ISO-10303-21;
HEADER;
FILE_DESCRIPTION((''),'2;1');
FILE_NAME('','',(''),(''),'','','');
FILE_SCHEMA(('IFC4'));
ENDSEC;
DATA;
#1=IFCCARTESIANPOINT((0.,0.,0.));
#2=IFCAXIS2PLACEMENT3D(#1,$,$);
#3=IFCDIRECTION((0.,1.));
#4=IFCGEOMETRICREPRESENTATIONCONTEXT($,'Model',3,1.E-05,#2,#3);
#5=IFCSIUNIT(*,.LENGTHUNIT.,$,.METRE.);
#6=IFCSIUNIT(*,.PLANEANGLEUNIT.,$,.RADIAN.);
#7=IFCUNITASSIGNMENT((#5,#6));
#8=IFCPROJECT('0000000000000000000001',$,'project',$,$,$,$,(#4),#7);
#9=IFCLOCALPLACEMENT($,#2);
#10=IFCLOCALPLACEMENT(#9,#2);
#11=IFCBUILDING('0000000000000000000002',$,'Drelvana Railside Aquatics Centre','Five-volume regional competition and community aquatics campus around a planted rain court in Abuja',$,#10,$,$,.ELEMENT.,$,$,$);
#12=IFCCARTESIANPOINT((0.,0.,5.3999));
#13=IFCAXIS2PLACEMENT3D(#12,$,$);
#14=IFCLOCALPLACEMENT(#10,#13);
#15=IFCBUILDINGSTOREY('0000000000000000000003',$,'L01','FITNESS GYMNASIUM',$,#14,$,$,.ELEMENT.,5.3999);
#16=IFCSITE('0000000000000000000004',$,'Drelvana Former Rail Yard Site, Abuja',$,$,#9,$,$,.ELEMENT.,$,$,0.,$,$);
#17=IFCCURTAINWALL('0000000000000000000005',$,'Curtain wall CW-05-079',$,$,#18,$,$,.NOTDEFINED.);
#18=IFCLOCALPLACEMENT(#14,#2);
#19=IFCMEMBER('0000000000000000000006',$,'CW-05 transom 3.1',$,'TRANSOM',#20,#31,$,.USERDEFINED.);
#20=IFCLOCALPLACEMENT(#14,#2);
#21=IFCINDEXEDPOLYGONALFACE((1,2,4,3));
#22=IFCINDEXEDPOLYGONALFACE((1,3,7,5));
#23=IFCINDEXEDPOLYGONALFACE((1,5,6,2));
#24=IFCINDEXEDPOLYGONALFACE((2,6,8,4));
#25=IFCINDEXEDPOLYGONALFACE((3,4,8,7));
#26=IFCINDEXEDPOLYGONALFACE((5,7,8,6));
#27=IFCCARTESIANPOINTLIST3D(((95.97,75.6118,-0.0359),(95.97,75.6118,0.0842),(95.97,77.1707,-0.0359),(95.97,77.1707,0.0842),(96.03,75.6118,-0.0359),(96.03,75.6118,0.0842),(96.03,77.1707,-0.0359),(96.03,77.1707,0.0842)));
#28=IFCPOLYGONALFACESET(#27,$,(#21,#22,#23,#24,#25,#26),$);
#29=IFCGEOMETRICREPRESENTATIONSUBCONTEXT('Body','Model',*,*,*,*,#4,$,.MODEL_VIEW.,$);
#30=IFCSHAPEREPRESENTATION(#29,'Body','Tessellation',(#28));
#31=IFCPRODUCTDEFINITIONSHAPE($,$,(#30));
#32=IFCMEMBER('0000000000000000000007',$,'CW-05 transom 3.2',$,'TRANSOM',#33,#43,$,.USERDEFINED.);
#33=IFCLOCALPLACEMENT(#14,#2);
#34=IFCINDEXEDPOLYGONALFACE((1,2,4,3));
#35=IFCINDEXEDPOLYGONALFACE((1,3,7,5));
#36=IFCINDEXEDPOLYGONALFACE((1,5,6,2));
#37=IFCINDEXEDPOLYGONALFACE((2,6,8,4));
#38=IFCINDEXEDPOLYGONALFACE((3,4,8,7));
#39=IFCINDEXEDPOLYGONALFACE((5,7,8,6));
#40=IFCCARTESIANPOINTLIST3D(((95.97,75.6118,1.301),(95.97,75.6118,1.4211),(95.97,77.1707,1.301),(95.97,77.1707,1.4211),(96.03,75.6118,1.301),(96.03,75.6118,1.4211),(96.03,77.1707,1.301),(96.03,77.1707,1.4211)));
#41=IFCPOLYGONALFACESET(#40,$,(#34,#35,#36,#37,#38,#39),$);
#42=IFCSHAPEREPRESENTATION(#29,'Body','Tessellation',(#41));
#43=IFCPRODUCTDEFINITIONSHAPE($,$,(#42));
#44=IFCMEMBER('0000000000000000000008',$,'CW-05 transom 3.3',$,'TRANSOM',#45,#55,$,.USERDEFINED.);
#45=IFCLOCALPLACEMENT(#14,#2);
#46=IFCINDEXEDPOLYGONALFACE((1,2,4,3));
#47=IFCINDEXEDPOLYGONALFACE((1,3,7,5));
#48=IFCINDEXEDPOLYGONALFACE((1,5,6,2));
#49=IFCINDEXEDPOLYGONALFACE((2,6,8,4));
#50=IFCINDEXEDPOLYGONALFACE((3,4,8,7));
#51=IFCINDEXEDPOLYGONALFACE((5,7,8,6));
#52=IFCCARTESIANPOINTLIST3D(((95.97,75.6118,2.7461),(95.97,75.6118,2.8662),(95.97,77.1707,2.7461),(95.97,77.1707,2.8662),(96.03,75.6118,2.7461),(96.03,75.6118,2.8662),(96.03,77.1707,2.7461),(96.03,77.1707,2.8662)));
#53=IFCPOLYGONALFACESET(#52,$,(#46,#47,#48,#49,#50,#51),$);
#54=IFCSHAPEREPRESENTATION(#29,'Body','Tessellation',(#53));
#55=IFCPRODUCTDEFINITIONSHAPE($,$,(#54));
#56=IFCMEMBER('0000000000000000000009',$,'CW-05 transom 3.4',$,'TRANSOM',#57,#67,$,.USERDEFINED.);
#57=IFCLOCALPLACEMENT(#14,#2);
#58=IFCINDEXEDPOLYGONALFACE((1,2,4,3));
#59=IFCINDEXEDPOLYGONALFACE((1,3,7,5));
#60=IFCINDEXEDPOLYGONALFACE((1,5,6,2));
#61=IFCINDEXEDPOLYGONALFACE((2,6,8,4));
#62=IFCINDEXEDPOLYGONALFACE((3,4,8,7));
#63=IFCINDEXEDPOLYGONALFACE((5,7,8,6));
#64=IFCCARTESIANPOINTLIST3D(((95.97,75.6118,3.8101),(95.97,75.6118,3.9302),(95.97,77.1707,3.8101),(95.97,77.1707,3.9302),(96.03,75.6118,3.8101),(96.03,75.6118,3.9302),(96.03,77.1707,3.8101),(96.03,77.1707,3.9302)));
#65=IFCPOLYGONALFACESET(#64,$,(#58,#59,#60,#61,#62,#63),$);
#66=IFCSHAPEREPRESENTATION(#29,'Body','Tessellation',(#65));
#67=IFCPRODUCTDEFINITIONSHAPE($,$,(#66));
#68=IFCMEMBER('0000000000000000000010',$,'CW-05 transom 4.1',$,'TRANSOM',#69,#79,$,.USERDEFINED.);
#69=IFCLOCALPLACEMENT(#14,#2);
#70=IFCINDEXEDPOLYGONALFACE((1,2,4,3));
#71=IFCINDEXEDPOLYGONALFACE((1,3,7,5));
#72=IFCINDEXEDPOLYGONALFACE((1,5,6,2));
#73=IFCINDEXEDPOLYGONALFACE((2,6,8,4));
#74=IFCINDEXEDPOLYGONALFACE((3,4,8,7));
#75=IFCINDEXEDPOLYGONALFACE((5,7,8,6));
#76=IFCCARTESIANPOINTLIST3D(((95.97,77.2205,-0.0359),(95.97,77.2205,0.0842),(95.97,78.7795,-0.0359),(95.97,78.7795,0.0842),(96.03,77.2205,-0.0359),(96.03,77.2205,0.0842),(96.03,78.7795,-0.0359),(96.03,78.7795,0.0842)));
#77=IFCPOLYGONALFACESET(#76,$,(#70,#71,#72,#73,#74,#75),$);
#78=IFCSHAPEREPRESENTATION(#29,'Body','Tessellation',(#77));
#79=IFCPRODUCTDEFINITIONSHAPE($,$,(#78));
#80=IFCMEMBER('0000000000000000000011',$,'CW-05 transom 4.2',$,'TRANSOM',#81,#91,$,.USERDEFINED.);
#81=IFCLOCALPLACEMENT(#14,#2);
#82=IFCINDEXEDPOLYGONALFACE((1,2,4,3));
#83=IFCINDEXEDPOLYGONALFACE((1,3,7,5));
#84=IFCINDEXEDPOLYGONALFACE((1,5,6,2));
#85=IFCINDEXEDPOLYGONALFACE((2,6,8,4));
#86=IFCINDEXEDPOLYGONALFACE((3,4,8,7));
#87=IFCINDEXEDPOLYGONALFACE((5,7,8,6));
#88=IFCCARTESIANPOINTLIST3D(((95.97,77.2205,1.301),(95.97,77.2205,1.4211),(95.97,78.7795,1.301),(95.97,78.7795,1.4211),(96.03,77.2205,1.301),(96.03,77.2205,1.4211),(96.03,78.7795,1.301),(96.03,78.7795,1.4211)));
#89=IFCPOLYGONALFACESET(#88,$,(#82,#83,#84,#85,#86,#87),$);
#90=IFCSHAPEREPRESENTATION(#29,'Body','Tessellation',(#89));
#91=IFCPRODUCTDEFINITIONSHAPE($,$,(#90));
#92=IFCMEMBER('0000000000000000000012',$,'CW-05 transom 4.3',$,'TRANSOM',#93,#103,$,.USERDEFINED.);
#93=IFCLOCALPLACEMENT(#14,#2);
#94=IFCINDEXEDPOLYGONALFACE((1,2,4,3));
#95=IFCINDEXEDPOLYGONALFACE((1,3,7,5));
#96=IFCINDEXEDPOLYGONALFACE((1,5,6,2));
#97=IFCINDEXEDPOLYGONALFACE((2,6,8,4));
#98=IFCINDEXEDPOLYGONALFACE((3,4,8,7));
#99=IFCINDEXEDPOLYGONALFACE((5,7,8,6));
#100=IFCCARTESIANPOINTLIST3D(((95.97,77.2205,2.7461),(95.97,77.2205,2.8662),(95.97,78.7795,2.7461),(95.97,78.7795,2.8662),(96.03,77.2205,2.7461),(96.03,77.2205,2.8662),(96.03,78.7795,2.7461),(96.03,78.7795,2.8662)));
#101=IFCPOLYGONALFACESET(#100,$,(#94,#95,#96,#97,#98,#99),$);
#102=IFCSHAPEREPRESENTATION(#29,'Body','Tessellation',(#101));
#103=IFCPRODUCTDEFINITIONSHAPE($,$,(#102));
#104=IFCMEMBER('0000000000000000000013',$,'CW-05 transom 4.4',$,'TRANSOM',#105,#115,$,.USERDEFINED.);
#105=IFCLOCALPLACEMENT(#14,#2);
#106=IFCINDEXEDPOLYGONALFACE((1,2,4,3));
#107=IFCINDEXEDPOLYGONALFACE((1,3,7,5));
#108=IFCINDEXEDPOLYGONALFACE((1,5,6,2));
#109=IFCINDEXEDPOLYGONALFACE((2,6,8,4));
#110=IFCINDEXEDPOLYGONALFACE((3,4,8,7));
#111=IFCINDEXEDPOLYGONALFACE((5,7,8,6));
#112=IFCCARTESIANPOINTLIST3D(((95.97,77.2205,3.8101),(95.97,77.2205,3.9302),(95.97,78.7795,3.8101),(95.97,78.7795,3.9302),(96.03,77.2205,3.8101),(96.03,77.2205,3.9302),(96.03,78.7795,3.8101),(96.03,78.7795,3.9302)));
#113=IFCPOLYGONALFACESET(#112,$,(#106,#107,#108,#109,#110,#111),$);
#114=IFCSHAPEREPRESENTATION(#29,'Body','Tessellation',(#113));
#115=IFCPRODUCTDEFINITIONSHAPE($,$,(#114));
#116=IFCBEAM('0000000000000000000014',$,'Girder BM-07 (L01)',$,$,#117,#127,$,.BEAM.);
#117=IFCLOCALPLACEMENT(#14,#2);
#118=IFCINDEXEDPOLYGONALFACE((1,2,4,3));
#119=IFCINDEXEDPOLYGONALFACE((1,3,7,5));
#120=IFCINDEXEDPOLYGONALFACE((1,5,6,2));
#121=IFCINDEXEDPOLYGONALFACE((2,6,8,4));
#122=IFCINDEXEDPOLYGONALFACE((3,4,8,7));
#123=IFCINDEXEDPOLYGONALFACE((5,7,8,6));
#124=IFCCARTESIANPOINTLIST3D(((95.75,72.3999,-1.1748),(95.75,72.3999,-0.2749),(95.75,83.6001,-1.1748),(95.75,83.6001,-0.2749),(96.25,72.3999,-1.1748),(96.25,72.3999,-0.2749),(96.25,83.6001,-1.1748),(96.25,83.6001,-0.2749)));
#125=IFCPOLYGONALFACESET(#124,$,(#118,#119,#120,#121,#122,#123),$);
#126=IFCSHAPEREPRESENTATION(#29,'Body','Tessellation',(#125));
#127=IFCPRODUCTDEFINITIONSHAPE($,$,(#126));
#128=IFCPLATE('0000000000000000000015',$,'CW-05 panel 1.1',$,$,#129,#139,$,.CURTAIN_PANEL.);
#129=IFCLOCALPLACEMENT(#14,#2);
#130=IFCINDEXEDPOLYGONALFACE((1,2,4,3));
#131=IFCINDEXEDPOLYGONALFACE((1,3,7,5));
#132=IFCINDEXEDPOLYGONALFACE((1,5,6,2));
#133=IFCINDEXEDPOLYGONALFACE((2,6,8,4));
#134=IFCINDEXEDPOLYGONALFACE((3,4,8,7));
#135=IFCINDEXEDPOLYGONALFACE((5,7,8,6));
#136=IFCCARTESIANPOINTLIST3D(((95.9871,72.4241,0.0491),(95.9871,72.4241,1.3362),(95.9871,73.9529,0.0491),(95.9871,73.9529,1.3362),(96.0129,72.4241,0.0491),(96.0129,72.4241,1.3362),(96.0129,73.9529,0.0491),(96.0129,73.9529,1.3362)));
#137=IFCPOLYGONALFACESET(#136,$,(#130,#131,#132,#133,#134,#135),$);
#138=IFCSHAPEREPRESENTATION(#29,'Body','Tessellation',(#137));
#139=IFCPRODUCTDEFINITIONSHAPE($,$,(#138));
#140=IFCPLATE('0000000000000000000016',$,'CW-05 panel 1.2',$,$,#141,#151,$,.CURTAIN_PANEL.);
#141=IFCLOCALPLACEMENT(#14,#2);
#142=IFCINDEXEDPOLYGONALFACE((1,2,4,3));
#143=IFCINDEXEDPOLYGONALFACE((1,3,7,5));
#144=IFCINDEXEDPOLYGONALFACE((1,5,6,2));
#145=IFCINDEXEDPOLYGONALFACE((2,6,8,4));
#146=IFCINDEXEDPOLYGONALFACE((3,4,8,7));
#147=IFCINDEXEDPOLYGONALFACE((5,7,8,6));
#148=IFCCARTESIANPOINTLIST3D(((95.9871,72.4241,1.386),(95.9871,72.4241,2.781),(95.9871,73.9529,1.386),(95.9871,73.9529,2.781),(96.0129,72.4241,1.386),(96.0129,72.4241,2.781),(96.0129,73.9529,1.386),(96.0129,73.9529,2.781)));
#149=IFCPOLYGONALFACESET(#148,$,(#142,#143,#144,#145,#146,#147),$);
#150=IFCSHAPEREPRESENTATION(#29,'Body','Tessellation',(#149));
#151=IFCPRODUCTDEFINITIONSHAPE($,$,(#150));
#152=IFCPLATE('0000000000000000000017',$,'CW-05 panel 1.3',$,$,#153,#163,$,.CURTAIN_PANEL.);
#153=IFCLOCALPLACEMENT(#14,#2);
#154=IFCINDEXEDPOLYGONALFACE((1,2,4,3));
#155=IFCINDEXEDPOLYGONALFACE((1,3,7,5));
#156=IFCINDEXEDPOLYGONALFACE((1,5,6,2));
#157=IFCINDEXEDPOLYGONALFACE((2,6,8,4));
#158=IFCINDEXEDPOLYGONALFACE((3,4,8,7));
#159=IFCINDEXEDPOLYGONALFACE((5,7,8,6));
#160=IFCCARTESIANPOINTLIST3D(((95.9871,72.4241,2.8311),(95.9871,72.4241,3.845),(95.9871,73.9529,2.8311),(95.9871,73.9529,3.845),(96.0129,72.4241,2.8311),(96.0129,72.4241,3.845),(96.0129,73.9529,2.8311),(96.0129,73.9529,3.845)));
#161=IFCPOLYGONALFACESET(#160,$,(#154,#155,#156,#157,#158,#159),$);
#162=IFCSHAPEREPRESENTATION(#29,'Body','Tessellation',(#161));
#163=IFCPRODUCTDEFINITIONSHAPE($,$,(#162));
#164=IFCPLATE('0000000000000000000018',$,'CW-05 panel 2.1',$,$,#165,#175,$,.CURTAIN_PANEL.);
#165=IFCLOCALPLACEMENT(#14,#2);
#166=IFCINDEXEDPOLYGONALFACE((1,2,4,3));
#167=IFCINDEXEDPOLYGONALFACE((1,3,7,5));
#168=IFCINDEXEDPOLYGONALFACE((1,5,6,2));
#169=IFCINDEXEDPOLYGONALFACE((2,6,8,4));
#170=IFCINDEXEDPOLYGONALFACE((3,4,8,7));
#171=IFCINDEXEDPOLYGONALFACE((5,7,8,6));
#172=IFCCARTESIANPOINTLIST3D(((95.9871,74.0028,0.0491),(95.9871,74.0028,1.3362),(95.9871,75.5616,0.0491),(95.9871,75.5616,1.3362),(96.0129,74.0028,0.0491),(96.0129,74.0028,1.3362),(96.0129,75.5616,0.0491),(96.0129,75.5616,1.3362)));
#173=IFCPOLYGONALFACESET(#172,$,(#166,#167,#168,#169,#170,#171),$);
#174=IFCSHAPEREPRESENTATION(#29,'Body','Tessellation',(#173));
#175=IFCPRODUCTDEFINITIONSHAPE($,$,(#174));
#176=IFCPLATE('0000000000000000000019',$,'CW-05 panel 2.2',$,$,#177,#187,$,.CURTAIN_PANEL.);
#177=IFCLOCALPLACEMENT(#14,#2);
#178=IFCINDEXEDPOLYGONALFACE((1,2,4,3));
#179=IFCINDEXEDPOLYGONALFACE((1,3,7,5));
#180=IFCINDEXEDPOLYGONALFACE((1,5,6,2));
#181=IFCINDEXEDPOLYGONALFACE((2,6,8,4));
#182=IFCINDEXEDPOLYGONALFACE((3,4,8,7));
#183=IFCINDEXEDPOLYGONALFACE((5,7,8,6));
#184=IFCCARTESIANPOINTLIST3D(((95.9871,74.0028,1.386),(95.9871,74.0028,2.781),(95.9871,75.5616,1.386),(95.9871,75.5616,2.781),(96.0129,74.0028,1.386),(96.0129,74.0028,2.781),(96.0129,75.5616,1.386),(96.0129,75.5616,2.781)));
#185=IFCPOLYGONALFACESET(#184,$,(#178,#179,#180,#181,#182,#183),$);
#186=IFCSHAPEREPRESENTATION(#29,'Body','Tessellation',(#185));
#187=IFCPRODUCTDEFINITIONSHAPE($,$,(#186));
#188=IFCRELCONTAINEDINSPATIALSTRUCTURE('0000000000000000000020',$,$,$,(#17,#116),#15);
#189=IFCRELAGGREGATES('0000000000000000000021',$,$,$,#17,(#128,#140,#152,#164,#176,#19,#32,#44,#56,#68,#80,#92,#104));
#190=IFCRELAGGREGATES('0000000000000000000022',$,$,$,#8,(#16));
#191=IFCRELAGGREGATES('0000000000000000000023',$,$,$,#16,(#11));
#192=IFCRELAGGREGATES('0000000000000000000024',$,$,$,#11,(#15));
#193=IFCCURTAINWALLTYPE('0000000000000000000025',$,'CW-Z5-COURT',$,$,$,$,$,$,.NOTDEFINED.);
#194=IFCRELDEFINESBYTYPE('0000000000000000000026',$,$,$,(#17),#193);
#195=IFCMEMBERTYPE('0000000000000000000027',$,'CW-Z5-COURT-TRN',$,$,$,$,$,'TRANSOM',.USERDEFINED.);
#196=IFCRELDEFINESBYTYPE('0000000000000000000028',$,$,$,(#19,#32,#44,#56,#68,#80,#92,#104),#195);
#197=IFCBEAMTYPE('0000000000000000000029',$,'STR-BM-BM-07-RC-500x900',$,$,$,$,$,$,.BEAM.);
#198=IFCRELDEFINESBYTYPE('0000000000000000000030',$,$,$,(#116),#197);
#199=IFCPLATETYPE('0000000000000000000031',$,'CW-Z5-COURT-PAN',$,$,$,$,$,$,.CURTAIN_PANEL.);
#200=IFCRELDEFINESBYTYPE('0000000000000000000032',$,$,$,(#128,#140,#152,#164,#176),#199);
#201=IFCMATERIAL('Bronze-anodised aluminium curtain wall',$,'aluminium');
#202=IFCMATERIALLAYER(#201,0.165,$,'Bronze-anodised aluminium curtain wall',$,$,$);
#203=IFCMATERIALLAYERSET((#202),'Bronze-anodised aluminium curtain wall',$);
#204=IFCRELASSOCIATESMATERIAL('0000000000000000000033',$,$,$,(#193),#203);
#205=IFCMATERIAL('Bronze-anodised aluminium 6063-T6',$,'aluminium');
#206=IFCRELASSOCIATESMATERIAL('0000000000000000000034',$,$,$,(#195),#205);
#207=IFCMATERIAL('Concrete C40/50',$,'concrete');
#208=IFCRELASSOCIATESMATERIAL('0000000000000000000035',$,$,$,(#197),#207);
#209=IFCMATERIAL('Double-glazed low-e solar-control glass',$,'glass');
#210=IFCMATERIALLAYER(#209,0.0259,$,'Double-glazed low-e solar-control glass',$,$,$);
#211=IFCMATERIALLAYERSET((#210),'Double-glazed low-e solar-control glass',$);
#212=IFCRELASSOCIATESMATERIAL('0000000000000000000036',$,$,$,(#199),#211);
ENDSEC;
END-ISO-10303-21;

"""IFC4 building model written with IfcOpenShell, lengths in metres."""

from ifc_helpers import new_model, si_unit, direction, frame, origin, origin_2d, place, context, subcontext, project, spatial, rectangle, extrude, material, layer, layer_set, material_profile, profile_set, type_object, element, aggregate, save


model = new_model("IFC4")

# Units and contexts
model_context = context("Model", 3, precision=1e-05, world=origin(), true_north=direction((0.0, 1.0)))
body_context = subcontext(model_context, "Body", "Model", "MODEL_VIEW")
ifc_project = project(units=[si_unit("LENGTHUNIT", "METRE"), si_unit("PLANEANGLEUNIT", "RADIAN")], contexts=[model_context])

# Site, building, storey
site_placement = place(None, origin())
site = spatial("IfcSite", under=ifc_project, at=site_placement, Name="Drelvana Former Rail Yard Site, Abuja", CompositionType="ELEMENT", RefElevation=0.0)
building_placement = place(site_placement, origin())
building = spatial("IfcBuilding", under=site, at=building_placement, Name="Drelvana Railside Aquatics Centre", Description="Five-volume regional competition and community aquatics campus around a planted rain court in Abuja", CompositionType="ELEMENT")
storey_placement = place(building_placement, frame((0.0, 0.0, 5.3999)))
storey = spatial("IfcBuildingStorey", under=building, at=storey_placement, Name="L01", Description="FITNESS GYMNASIUM", CompositionType="ELEMENT", Elevation=5.3999)

# Curtain wall, members
ifc_material_1 = material(Name="Bronze-anodised aluminium curtain wall", Category="aluminium")
ifc_layer_1 = layer(ifc_material_1, 0.165, Name="Bronze-anodised aluminium curtain wall")
ifc_layer_set_1 = layer_set([ifc_layer_1], Name="Bronze-anodised aluminium curtain wall")
curtain_wall_type = type_object("IfcCurtainWallType", Name="CW-Z5-COURT", PredefinedType="NOTDEFINED", material=ifc_layer_set_1)
curtain_wall_placement = place(storey_placement, origin())
curtain_wall = element("IfcCurtainWall", 1, at=curtain_wall_placement, inside=storey, type_object=curtain_wall_type, Name="Curtain wall CW-05-079", PredefinedType="NOTDEFINED")
ifc_material_2 = material(Name="Bronze-anodised aluminium 6063-T6", Category="aluminium")
ifc_material_profile_1 = material_profile(ifc_material_2, rectangle(XDim=0.1201, YDim=0.0601, at=origin_2d()), Name="ALU-T 60x120")
ifc_profile_set_1 = profile_set([ifc_material_profile_1], Name="Bronze-anodised aluminium 6063-T6")
member_type_1 = type_object("IfcMemberType", Name="CW-Z5-COURT-TRN", ElementType="TRANSOM", PredefinedType="USERDEFINED", material=ifc_profile_set_1)
member_1_placement = place(storey_placement, frame((96.0, 75.6118, 0.0242), z_axis=(0.0, 1.0, 0.0), x_axis=(0.0, 0.0, 1.0)))
member_1 = element("IfcMember", 2, at=member_1_placement, type_object=member_type_1, Name="CW-05 transom 3.1", ObjectType="TRANSOM", PredefinedType="USERDEFINED", context=body_context, shape_type="SweptSolid", body=[
    extrude(rectangle(XDim=0.1201, YDim=0.0601, at=origin_2d()), origin(), (0.0, 0.0, 1.0), 1.5588),
])
member_2_placement = place(storey_placement, frame((96.0, 75.6118, 1.3611), z_axis=(0.0, 1.0, 0.0), x_axis=(0.0, 0.0, 1.0)))
member_2 = element("IfcMember", 3, at=member_2_placement, type_object=member_type_1, Name="CW-05 transom 3.2", ObjectType="TRANSOM", PredefinedType="USERDEFINED", context=body_context, shape_type="SweptSolid", body=[
    extrude(rectangle(XDim=0.1201, YDim=0.0601, at=origin_2d()), origin(), (0.0, 0.0, 1.0), 1.5588),
])
member_3_placement = place(storey_placement, frame((96.0, 75.6118, 2.8062), z_axis=(0.0, 1.0, 0.0), x_axis=(0.0, 0.0, 1.0)))
member_3 = element("IfcMember", 4, at=member_3_placement, type_object=member_type_1, Name="CW-05 transom 3.3", ObjectType="TRANSOM", PredefinedType="USERDEFINED", context=body_context, shape_type="SweptSolid", body=[
    extrude(rectangle(XDim=0.1201, YDim=0.0601, at=origin_2d()), origin(), (0.0, 0.0, 1.0), 1.5588),
])
member_4_placement = place(storey_placement, frame((96.0, 75.6118, 3.8701), z_axis=(0.0, 1.0, 0.0), x_axis=(0.0, 0.0, 1.0)))
member_4 = element("IfcMember", 5, at=member_4_placement, type_object=member_type_1, Name="CW-05 transom 3.4", ObjectType="TRANSOM", PredefinedType="USERDEFINED", context=body_context, shape_type="SweptSolid", body=[
    extrude(rectangle(XDim=0.1201, YDim=0.0601, at=origin_2d()), origin(), (0.0, 0.0, 1.0), 1.5588),
])
member_5_placement = place(storey_placement, frame((96.0, 77.2205, 0.0242), z_axis=(0.0, 1.0, 0.0), x_axis=(0.0, 0.0, 1.0)))
member_5 = element("IfcMember", 6, at=member_5_placement, type_object=member_type_1, Name="CW-05 transom 4.1", ObjectType="TRANSOM", PredefinedType="USERDEFINED", context=body_context, shape_type="SweptSolid", body=[
    extrude(rectangle(XDim=0.1201, YDim=0.0601, at=origin_2d()), origin(), (0.0, 0.0, 1.0), 1.5591),
])
member_6_placement = place(storey_placement, frame((96.0, 77.2205, 1.3611), z_axis=(0.0, 1.0, 0.0), x_axis=(0.0, 0.0, 1.0)))
member_6 = element("IfcMember", 7, at=member_6_placement, type_object=member_type_1, Name="CW-05 transom 4.2", ObjectType="TRANSOM", PredefinedType="USERDEFINED", context=body_context, shape_type="SweptSolid", body=[
    extrude(rectangle(XDim=0.1201, YDim=0.0601, at=origin_2d()), origin(), (0.0, 0.0, 1.0), 1.5591),
])
member_7_placement = place(storey_placement, frame((96.0, 77.2205, 2.8062), z_axis=(0.0, 1.0, 0.0), x_axis=(0.0, 0.0, 1.0)))
member_7 = element("IfcMember", 8, at=member_7_placement, type_object=member_type_1, Name="CW-05 transom 4.3", ObjectType="TRANSOM", PredefinedType="USERDEFINED", context=body_context, shape_type="SweptSolid", body=[
    extrude(rectangle(XDim=0.1201, YDim=0.0601, at=origin_2d()), origin(), (0.0, 0.0, 1.0), 1.5591),
])
member_8_placement = place(storey_placement, frame((96.0, 77.2205, 3.8701), z_axis=(0.0, 1.0, 0.0), x_axis=(0.0, 0.0, 1.0)))
member_8 = element("IfcMember", 9, at=member_8_placement, type_object=member_type_1, Name="CW-05 transom 4.4", ObjectType="TRANSOM", PredefinedType="USERDEFINED", context=body_context, shape_type="SweptSolid", body=[
    extrude(rectangle(XDim=0.1201, YDim=0.0601, at=origin_2d()), origin(), (0.0, 0.0, 1.0), 1.5591),
])

# Beam
ifc_material_3 = material(Name="Concrete C40/50", Category="concrete")
ifc_material_profile_2 = material_profile(ifc_material_3, rectangle(XDim=0.5, YDim=0.8999, at=origin_2d()), Name="RC 500x900")
ifc_profile_set_2 = profile_set([ifc_material_profile_2], Name="Concrete C40/50")
beam_type = type_object("IfcBeamType", Name="STR-BM-BM-07-RC-500x900", PredefinedType="BEAM", material=ifc_profile_set_2)
beam_placement = place(storey_placement, frame((96.0, 72.3999, -0.7249), z_axis=(0.0, 1.0, 0.0), x_axis=(-1.0, 0.0, 0.0)))
element("IfcBeam", 10, at=beam_placement, inside=storey, type_object=beam_type, Name="Girder BM-07 (L01)", PredefinedType="BEAM", context=body_context, shape_type="SweptSolid", body=[
    extrude(rectangle(XDim=0.5, YDim=0.8999, at=origin_2d()), origin(), (0.0, 0.0, 1.0), 11.2002),
])

# Plates
ifc_material_4 = material(Name="Double-glazed low-e solar-control glass", Category="glass")
ifc_layer_2 = layer(ifc_material_4, 0.0259, Name="Double-glazed low-e solar-control glass")
ifc_layer_set_2 = layer_set([ifc_layer_2], Name="Double-glazed low-e solar-control glass")
plate_type = type_object("IfcPlateType", Name="CW-Z5-COURT-PAN", PredefinedType="CURTAIN_PANEL", material=ifc_layer_set_2)
plate_1_placement = place(storey_placement, frame((96.0, 73.1885, 0.0491), z_axis=(0.0, 0.0, 1.0), x_axis=(0.0, 1.0, 0.0)))
plate_1 = element("IfcPlate", 11, at=plate_1_placement, type_object=plate_type, Name="CW-05 panel 1.1", PredefinedType="CURTAIN_PANEL", context=body_context, shape_type="SweptSolid", body=[
    extrude(rectangle(XDim=1.5288, YDim=0.0259, at=origin_2d()), origin(), (0.0, 0.0, 1.0), 1.2871),
])
plate_2_placement = place(storey_placement, frame((96.0, 73.1885, 1.386), z_axis=(0.0, 0.0, 1.0), x_axis=(0.0, 1.0, 0.0)))
plate_2 = element("IfcPlate", 12, at=plate_2_placement, type_object=plate_type, Name="CW-05 panel 1.2", PredefinedType="CURTAIN_PANEL", context=body_context, shape_type="SweptSolid", body=[
    extrude(rectangle(XDim=1.5288, YDim=0.0259, at=origin_2d()), origin(), (0.0, 0.0, 1.0), 1.395),
])
plate_3_placement = place(storey_placement, frame((96.0, 73.1885, 2.8311), z_axis=(0.0, 0.0, 1.0), x_axis=(0.0, 1.0, 0.0)))
plate_3 = element("IfcPlate", 13, at=plate_3_placement, type_object=plate_type, Name="CW-05 panel 1.3", PredefinedType="CURTAIN_PANEL", context=body_context, shape_type="SweptSolid", body=[
    extrude(rectangle(XDim=1.5288, YDim=0.0259, at=origin_2d()), origin(), (0.0, 0.0, 1.0), 1.0139),
])
plate_4_placement = place(storey_placement, frame((96.0, 74.7822, 0.0491), z_axis=(0.0, 0.0, 1.0), x_axis=(0.0, 1.0, 0.0)))
plate_4 = element("IfcPlate", 14, at=plate_4_placement, type_object=plate_type, Name="CW-05 panel 2.1", PredefinedType="CURTAIN_PANEL", context=body_context, shape_type="SweptSolid", body=[
    extrude(rectangle(XDim=1.5588, YDim=0.0259, at=origin_2d()), origin(), (0.0, 0.0, 1.0), 1.2871),
])
plate_5_placement = place(storey_placement, frame((96.0, 74.7822, 1.386), z_axis=(0.0, 0.0, 1.0), x_axis=(0.0, 1.0, 0.0)))
plate_5 = element("IfcPlate", 15, at=plate_5_placement, type_object=plate_type, Name="CW-05 panel 2.2", PredefinedType="CURTAIN_PANEL", context=body_context, shape_type="SweptSolid", body=[
    extrude(rectangle(XDim=1.5588, YDim=0.0259, at=origin_2d()), origin(), (0.0, 0.0, 1.0), 1.395),
])
aggregate(curtain_wall, [plate_1, plate_2, plate_3, plate_4, plate_5, member_1, member_2, member_3, member_4, member_5, member_6, member_7, member_8])

save(model, "model.ifc")
